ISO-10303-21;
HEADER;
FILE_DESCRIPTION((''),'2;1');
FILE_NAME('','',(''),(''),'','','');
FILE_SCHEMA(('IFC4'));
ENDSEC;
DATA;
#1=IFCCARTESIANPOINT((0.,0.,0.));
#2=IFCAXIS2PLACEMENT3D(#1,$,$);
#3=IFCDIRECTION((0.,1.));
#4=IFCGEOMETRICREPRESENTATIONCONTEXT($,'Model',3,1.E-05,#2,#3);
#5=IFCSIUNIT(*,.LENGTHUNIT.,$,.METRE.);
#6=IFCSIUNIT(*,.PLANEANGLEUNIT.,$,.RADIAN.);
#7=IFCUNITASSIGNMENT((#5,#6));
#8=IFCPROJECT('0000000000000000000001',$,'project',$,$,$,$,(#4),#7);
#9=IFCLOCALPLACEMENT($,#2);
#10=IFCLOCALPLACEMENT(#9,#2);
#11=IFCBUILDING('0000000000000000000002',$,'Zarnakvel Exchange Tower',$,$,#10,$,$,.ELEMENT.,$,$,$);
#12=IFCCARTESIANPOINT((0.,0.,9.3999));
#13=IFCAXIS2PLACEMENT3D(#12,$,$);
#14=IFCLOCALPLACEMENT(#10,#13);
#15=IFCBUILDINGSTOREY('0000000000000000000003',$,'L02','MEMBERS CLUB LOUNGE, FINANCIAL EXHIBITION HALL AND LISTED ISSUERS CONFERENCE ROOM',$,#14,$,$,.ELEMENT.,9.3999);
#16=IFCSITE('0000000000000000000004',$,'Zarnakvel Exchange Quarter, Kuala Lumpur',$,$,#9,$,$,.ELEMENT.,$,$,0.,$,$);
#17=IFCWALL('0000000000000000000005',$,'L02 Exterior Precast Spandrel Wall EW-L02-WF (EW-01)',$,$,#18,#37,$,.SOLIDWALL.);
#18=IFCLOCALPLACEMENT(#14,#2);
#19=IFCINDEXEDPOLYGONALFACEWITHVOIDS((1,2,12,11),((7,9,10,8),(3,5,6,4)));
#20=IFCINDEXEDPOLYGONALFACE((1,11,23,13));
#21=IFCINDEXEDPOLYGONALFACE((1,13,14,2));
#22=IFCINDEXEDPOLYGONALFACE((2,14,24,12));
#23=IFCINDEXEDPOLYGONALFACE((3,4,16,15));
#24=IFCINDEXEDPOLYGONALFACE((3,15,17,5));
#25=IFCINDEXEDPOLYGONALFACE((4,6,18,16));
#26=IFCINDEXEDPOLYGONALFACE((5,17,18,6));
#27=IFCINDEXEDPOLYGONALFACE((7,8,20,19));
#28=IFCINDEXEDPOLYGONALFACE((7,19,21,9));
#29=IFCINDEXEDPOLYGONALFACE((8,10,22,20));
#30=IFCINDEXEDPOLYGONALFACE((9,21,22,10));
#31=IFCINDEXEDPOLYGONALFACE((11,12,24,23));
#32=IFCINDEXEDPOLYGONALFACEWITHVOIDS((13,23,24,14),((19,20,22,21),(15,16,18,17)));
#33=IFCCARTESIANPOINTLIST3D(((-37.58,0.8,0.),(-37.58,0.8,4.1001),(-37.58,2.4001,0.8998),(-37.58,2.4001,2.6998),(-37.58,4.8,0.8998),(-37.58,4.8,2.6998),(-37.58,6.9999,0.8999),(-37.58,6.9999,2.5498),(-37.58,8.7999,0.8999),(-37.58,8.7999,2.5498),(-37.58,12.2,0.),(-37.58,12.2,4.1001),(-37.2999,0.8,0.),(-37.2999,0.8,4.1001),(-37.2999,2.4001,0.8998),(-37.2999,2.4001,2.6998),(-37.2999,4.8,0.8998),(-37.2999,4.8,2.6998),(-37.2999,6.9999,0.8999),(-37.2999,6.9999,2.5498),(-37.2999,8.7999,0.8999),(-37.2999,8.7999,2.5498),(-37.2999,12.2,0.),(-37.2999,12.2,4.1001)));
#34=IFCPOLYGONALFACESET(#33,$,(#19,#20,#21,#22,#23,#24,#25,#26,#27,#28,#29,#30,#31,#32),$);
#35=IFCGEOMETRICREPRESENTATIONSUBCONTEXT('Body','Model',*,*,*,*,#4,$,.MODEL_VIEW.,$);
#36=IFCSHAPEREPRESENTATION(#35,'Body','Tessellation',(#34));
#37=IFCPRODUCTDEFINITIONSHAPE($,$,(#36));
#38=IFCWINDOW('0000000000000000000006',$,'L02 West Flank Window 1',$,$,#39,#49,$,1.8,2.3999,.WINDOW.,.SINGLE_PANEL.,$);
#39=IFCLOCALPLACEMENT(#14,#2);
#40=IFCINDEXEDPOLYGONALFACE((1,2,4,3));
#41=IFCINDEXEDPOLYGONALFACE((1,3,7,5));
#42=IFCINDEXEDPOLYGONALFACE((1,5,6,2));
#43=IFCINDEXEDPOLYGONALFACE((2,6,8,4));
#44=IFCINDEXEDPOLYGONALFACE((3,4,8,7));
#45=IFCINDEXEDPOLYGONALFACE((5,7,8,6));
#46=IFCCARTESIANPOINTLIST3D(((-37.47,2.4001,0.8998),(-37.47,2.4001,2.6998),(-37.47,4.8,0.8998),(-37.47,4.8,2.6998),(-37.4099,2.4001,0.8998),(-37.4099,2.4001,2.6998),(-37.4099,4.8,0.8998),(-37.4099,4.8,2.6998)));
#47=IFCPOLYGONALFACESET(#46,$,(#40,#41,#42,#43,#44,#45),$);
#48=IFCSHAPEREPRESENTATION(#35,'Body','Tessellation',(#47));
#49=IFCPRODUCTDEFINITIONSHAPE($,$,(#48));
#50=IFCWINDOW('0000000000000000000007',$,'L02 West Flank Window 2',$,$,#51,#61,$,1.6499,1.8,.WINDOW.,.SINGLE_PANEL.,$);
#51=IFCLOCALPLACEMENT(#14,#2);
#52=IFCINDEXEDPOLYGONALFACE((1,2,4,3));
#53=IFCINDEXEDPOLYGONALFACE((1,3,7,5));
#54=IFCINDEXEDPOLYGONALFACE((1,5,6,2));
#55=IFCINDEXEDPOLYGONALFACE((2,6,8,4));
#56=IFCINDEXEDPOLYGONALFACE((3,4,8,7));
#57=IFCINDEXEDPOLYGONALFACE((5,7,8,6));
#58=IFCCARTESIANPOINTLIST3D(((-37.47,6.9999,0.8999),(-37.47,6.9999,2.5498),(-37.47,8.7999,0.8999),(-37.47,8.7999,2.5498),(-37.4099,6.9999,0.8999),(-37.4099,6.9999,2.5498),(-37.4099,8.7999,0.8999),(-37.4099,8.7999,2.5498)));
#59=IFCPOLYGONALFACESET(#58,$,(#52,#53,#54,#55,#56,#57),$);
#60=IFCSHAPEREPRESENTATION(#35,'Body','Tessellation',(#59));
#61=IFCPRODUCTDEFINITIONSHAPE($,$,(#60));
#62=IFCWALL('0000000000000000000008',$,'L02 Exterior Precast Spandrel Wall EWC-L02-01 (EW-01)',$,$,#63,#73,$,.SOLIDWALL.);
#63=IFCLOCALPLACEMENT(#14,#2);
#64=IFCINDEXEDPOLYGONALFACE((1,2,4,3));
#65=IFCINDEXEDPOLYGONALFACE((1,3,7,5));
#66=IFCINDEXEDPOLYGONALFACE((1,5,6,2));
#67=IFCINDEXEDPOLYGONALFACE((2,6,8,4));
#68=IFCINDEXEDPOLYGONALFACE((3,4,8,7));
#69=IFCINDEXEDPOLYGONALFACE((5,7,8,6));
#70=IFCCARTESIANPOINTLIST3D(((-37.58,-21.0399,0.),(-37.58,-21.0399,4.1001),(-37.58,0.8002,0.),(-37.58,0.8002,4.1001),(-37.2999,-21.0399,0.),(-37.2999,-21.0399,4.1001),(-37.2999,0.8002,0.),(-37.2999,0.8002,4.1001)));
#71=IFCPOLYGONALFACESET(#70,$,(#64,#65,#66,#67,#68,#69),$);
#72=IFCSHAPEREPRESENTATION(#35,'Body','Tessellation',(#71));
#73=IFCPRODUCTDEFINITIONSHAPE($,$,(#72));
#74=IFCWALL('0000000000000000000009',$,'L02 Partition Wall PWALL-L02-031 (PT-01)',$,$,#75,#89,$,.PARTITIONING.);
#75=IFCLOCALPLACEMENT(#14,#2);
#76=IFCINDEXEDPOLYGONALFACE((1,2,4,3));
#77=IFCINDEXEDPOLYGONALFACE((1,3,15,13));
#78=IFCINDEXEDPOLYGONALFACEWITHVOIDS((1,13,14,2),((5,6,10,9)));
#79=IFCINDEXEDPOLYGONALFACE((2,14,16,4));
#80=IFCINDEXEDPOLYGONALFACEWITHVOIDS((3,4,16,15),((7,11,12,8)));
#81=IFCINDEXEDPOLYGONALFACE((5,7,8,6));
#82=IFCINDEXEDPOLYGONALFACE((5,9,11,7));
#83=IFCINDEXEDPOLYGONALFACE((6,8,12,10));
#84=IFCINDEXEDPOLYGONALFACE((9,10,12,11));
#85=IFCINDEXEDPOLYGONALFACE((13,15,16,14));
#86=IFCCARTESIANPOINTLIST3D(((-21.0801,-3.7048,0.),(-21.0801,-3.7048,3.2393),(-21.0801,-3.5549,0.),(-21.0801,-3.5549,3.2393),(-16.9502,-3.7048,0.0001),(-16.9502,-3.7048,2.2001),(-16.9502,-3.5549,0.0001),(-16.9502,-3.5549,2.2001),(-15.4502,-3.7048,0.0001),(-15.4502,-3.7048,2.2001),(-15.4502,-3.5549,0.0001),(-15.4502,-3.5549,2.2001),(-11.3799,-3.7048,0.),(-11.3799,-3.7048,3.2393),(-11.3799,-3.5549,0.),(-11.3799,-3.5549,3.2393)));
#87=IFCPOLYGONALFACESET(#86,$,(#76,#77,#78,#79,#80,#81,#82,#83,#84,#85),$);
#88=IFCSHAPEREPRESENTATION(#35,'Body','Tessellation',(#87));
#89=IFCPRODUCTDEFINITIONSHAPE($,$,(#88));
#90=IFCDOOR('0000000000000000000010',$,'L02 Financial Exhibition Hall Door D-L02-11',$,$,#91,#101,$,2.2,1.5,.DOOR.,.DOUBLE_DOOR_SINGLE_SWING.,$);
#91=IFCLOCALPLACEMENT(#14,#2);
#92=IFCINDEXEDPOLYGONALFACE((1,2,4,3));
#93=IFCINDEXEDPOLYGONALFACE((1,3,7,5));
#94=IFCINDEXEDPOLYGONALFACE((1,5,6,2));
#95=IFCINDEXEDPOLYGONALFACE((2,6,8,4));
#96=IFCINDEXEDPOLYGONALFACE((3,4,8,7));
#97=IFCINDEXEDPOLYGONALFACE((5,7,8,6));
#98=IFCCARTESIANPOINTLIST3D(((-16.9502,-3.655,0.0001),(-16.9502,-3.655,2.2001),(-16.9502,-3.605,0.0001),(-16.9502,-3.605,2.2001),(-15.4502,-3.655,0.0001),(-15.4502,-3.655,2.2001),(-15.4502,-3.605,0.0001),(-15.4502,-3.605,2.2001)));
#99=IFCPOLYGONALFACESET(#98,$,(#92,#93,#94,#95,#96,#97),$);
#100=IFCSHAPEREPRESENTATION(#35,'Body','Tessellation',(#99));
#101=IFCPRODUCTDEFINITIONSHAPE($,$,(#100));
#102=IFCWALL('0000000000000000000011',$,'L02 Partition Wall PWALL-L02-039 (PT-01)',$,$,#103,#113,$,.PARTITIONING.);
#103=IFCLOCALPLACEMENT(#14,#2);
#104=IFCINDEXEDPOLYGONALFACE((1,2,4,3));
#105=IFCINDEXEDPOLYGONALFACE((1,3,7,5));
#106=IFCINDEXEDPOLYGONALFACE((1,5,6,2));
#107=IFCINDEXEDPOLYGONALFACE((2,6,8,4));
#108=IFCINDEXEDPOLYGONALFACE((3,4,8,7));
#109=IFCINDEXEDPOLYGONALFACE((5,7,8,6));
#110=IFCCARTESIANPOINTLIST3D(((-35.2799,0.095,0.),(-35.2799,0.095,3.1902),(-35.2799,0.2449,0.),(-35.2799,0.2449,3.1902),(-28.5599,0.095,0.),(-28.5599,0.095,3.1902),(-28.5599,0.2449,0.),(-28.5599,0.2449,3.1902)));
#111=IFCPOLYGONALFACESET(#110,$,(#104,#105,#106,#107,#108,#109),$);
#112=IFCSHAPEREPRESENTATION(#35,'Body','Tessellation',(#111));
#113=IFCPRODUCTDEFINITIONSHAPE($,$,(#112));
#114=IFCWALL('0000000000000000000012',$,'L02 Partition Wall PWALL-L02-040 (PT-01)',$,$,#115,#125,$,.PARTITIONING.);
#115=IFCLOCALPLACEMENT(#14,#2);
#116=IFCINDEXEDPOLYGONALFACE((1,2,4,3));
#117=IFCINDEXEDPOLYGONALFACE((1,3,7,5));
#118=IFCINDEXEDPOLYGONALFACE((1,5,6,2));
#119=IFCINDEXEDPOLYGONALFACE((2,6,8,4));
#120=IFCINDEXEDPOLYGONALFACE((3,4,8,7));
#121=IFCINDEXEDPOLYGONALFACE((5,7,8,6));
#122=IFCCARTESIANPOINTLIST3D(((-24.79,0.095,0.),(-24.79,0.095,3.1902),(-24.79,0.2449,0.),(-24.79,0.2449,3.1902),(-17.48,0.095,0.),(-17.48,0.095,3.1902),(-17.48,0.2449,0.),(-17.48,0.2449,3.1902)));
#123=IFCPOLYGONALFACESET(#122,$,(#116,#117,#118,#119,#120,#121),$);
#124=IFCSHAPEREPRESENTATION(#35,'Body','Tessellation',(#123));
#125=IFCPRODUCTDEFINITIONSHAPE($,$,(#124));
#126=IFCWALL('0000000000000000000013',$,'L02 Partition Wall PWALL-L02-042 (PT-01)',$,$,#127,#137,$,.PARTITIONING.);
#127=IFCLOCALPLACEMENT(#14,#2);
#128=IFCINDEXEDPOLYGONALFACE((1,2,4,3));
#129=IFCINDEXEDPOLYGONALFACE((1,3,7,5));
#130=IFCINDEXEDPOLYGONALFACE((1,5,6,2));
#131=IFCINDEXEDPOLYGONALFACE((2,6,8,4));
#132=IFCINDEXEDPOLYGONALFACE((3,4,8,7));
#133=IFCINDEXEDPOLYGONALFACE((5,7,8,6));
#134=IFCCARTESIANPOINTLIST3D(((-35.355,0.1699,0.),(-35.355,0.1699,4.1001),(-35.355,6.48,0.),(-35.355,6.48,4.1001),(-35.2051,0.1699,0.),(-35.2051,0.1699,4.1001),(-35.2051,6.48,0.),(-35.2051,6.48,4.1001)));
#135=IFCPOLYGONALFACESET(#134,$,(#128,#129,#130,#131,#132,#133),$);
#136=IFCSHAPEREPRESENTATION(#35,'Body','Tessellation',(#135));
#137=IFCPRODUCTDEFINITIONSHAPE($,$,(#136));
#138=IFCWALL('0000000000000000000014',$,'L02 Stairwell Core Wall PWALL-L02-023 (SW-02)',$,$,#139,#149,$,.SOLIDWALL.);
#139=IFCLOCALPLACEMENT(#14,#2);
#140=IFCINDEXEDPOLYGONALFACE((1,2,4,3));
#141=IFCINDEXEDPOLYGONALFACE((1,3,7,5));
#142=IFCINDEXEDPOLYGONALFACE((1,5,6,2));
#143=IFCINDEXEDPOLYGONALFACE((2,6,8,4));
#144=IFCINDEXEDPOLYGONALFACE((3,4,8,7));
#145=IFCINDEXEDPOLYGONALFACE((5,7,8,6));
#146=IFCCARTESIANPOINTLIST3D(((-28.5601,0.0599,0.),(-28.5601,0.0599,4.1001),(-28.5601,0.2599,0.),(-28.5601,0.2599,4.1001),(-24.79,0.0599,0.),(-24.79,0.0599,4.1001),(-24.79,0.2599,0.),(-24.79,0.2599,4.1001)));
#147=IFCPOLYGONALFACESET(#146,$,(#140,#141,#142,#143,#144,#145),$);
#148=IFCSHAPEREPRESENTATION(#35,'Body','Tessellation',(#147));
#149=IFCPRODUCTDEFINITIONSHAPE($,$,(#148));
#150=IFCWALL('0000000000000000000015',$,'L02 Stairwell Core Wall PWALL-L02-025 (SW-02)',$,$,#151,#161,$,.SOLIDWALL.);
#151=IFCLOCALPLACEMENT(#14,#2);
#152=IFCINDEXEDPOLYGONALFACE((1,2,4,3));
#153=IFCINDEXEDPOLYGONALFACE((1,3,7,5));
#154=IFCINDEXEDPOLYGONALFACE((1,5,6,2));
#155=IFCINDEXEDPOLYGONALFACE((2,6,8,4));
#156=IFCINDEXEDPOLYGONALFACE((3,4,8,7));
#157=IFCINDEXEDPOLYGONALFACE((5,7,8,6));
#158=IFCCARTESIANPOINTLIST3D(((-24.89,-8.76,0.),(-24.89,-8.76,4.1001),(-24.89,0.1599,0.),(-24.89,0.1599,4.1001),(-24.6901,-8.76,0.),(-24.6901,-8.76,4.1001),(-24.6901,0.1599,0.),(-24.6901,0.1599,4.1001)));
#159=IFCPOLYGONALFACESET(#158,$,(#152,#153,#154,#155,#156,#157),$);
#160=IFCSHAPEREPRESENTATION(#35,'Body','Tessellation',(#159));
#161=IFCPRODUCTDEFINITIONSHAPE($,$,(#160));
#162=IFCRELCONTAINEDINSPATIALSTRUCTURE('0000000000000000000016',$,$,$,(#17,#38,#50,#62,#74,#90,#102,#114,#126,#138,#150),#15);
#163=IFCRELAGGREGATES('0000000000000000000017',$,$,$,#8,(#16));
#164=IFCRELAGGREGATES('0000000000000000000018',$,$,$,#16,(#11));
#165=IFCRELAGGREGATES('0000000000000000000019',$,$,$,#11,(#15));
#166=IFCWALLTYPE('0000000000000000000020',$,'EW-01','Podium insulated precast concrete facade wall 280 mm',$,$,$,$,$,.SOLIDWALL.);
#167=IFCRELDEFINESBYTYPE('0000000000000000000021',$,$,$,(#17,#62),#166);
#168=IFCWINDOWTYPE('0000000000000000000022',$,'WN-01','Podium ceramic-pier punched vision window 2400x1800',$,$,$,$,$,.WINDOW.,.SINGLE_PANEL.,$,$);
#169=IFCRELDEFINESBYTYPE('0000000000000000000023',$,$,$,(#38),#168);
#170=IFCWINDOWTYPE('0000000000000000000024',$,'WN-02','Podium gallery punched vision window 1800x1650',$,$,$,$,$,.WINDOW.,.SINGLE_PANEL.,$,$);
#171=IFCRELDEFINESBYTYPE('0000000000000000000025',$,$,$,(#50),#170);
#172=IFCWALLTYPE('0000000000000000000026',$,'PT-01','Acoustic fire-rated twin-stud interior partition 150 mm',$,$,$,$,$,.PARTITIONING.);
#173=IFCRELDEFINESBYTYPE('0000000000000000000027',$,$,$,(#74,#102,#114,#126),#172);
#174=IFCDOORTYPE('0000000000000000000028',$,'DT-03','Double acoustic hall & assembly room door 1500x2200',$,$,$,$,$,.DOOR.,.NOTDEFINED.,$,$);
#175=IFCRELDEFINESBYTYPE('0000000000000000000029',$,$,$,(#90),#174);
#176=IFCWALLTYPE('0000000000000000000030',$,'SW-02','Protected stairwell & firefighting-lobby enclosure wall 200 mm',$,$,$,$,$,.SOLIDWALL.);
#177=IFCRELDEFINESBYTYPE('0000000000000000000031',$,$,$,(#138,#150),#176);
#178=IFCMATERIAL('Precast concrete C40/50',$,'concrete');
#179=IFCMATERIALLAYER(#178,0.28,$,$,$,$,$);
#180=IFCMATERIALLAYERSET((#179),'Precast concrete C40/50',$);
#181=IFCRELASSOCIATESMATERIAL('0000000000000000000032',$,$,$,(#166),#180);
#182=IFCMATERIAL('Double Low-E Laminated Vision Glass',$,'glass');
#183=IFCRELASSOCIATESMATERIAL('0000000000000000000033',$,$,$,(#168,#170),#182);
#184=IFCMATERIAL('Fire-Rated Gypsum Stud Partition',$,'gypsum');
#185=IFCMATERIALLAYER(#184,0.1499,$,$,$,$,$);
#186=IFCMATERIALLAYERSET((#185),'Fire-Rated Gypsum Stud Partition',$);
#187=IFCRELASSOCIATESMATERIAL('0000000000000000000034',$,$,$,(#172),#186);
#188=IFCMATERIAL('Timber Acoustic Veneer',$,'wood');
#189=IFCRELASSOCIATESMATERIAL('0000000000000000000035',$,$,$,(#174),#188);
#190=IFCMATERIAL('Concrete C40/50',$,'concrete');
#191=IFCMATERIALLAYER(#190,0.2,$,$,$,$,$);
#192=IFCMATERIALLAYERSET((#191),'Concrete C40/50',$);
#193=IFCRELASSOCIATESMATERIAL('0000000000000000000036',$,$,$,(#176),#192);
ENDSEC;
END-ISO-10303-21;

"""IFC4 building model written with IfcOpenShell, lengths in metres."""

from ifc_helpers import new_model, si_unit, direction, frame, frame_2d, origin, place, context, subcontext, project, spatial, rectangle, extrude, source, transform, mapped, material, layer, layer_set, type_object, element, fill, save


model = new_model("IFC4")

# Units and contexts
model_context = context("Model", 3, precision=1e-05, world=origin(), true_north=direction((0.0, 1.0)))
body_context = subcontext(model_context, "Body", "Model", "MODEL_VIEW")
ifc_project = project(units=[si_unit("LENGTHUNIT", "METRE"), si_unit("PLANEANGLEUNIT", "RADIAN")], contexts=[model_context])

# Site, building, storey
site_placement = place(None, origin())
site = spatial("IfcSite", under=ifc_project, at=site_placement, Name="Zarnakvel Exchange Quarter, Kuala Lumpur", CompositionType="ELEMENT", RefElevation=0.0)
building_placement = place(site_placement, origin())
building = spatial("IfcBuilding", under=site, at=building_placement, Name="Zarnakvel Exchange Tower", CompositionType="ELEMENT")
storey_placement = place(building_placement, frame((0.0, 0.0, 9.3999)))
storey = spatial("IfcBuildingStorey", under=building, at=storey_placement, Name="L02", Description="MEMBERS CLUB LOUNGE, FINANCIAL EXHIBITION HALL AND LISTED ISSUERS CONFERENCE ROOM", CompositionType="ELEMENT", Elevation=9.3999)

# Wall, openings, windows
ifc_material_1 = material(Name="Precast concrete C40/50", Category="concrete")
ifc_layer_1 = layer(ifc_material_1, 0.28)
ifc_layer_set_1 = layer_set([ifc_layer_1], Name="Precast concrete C40/50")
wall_type_1 = type_object("IfcWallType", Name="EW-01", Description="Podium insulated precast concrete facade wall 280 mm", PredefinedType="SOLIDWALL", material=ifc_layer_set_1)
wall_1_placement = place(storey_placement, frame((-37.4399, 0.8, 0.0), z_axis=(0.0, 0.0, 1.0), x_axis=(0.0, 1.0, 0.0)))
wall_1 = element("IfcWall", 1, at=wall_1_placement, inside=storey, type_object=wall_type_1, Name="L02 Exterior Precast Spandrel Wall EW-L02-WF (EW-01)", PredefinedType="SOLIDWALL", context=body_context, shape_type="SweptSolid", body=[
    extrude(rectangle(XDim=11.3999, YDim=0.28, at=frame_2d((5.7, 0.0))), origin(), (0.0, 0.0, 1.0), 4.1001),
])
opening_1_placement = place(wall_1_placement, frame((1.6001, 0.0, 0.8999)))
opening_1 = element("IfcOpeningElement", 2, at=opening_1_placement, cuts=wall_1, PredefinedType="OPENING", context=body_context, shape_type="SweptSolid", body=[
    extrude(rectangle(XDim=2.3999, YDim=1.8, at=frame_2d((1.2, 0.8999))), frame((0.0, 0.1499, 0.0), z_axis=(0.0, -1.0, 0.0), x_axis=(1.0, 0.0, 0.0)), (0.0, 0.0, 1.0), 0.3),
])
opening_2_placement = place(wall_1_placement, frame((6.2, 0.0, 0.8999)))
opening_2 = element("IfcOpeningElement", 3, at=opening_2_placement, cuts=wall_1, PredefinedType="OPENING", context=body_context, shape_type="SweptSolid", body=[
    extrude(rectangle(XDim=1.8, YDim=1.6499, at=frame_2d((0.8999, 0.825))), frame((0.0, 0.1499, 0.0), z_axis=(0.0, -1.0, 0.0), x_axis=(1.0, 0.0, 0.0)), (0.0, 0.0, 1.0), 0.3),
])
ifc_material_2 = material(Name="Double Low-E Laminated Vision Glass", Category="glass")
window_type_1 = type_object("IfcWindowType", Name="WN-01", Description="Podium ceramic-pier punched vision window 2400x1800", PartitioningType="SINGLE_PANEL", PredefinedType="WINDOW", material=ifc_material_2)
shared_shape_1 = source(origin(), body_context, "Body", "SweptSolid", [
    extrude(rectangle(XDim=2.3999, YDim=1.8, at=frame_2d((1.2, 0.8999))), frame((0.0, 0.03, 0.0), z_axis=(0.0, -1.0, 0.0), x_axis=(1.0, 0.0, 0.0)), (0.0, 0.0, 1.0), 0.0601),
])
window_1_placement = place(opening_1_placement, origin())
window_1 = element("IfcWindow", 4, at=window_1_placement, inside=storey, type_object=window_type_1, Name="L02 West Flank Window 1", OverallHeight=1.8, OverallWidth=2.3999, PartitioningType="SINGLE_PANEL", PredefinedType="WINDOW", context=body_context, shape_type="MappedRepresentation", body=[
    mapped(shared_shape_1, transform((0.0, 0.0, 0.0), x_axis=(1.0, 0.0, 0.0), y_axis=(0.0, 1.0, 0.0), z_axis=(0.0, 0.0, 1.0), scale=1.0)),
])
fill(opening_1, window_1)
window_type_2 = type_object("IfcWindowType", Name="WN-02", Description="Podium gallery punched vision window 1800x1650", PartitioningType="SINGLE_PANEL", PredefinedType="WINDOW", material=ifc_material_2)
shared_shape_2 = source(origin(), body_context, "Body", "SweptSolid", [
    extrude(rectangle(XDim=1.8, YDim=1.6499, at=frame_2d((0.8999, 0.825))), frame((0.0, 0.03, 0.0), z_axis=(0.0, -1.0, 0.0), x_axis=(1.0, 0.0, 0.0)), (0.0, 0.0, 1.0), 0.0601),
])
window_2_placement = place(opening_2_placement, origin())
window_2 = element("IfcWindow", 5, at=window_2_placement, inside=storey, type_object=window_type_2, Name="L02 West Flank Window 2", OverallHeight=1.6499, OverallWidth=1.8, PartitioningType="SINGLE_PANEL", PredefinedType="WINDOW", context=body_context, shape_type="MappedRepresentation", body=[
    mapped(shared_shape_2, transform((0.0, 0.0, 0.0), x_axis=(1.0, 0.0, 0.0), y_axis=(0.0, 1.0, 0.0), z_axis=(0.0, 0.0, 1.0), scale=1.0)),
])
fill(opening_2, window_2)

# Wall
wall_2_placement = place(storey_placement, frame((-37.4399, 0.8, 0.0), z_axis=(0.0, 0.0, 1.0), x_axis=(0.0, -1.0, 0.0)))
element("IfcWall", 6, at=wall_2_placement, inside=storey, type_object=wall_type_1, Name="L02 Exterior Precast Spandrel Wall EWC-L02-01 (EW-01)", PredefinedType="SOLIDWALL", context=body_context, shape_type="SweptSolid", body=[
    extrude(rectangle(XDim=21.8401, YDim=0.28, at=frame_2d((10.9199, 0.0))), origin(), (0.0, 0.0, 1.0), 4.1001),
])

# Wall, opening, door
ifc_material_3 = material(Name="Fire-Rated Gypsum Stud Partition", Category="gypsum")
ifc_layer_2 = layer(ifc_material_3, 0.1499)
ifc_layer_set_2 = layer_set([ifc_layer_2], Name="Fire-Rated Gypsum Stud Partition")
wall_type_2 = type_object("IfcWallType", Name="PT-01", Description="Acoustic fire-rated twin-stud interior partition 150 mm", PredefinedType="PARTITIONING", material=ifc_layer_set_2)
wall_3_placement = place(storey_placement, frame((-21.0801, -3.6299, 0.0), z_axis=(0.0, 0.0, 1.0), x_axis=(1.0, 0.0, 0.0)))
wall_3 = element("IfcWall", 7, at=wall_3_placement, inside=storey, type_object=wall_type_2, Name="L02 Partition Wall PWALL-L02-031 (PT-01)", PredefinedType="PARTITIONING", context=body_context, shape_type="SweptSolid", body=[
    extrude(rectangle(XDim=9.7002, YDim=0.1499, at=frame_2d((4.8501, 0.0))), origin(), (0.0, 0.0, 1.0), 3.2393),
])
opening_3_placement = place(wall_3_placement, frame((4.1299, 0.0, 0.0)))
opening_3 = element("IfcOpeningElement", 8, at=opening_3_placement, cuts=wall_3, PredefinedType="OPENING", context=body_context, shape_type="SweptSolid", body=[
    extrude(rectangle(XDim=1.5, YDim=2.2, at=frame_2d((0.75, 1.1001))), frame((0.0, 0.085, 0.0), z_axis=(0.0, -1.0, 0.0), x_axis=(1.0, 0.0, 0.0)), (0.0, 0.0, 1.0), 0.1699),
])
ifc_material_4 = material(Name="Timber Acoustic Veneer", Category="wood")
door_type_1 = type_object("IfcDoorType", Name="DT-03", Description="Double acoustic hall & assembly room door 1500x2200", OperationType="NOTDEFINED", PredefinedType="DOOR", material=ifc_material_4)
shared_shape_3 = source(origin(), body_context, "Body", "SweptSolid", [
    extrude(rectangle(XDim=1.5, YDim=2.2, at=frame_2d((0.75, 1.1001))), frame((0.0, 0.0249, 0.0), z_axis=(0.0, -1.0, 0.0), x_axis=(1.0, 0.0, 0.0)), (0.0, 0.0, 1.0), 0.05),
])
door_1_placement = place(opening_3_placement, origin())
door_1 = element("IfcDoor", 9, at=door_1_placement, inside=storey, type_object=door_type_1, Name="L02 Financial Exhibition Hall Door D-L02-11", OperationType="DOUBLE_DOOR_SINGLE_SWING", OverallHeight=2.2, OverallWidth=1.5, PredefinedType="DOOR", context=body_context, shape_type="MappedRepresentation", body=[
    mapped(shared_shape_3, transform((0.0, 0.0, 0.0), x_axis=(1.0, 0.0, 0.0), y_axis=(0.0, 1.0, 0.0), z_axis=(0.0, 0.0, 1.0), scale=1.0)),
])
fill(opening_3, door_1)

# Walls
wall_4_placement = place(storey_placement, frame((-28.5601, 0.1699, 0.0), z_axis=(0.0, 0.0, 1.0), x_axis=(-1.0, 0.0, 0.0)))
element("IfcWall", 10, at=wall_4_placement, inside=storey, type_object=wall_type_2, Name="L02 Partition Wall PWALL-L02-039 (PT-01)", PredefinedType="PARTITIONING", context=body_context, shape_type="SweptSolid", body=[
    extrude(rectangle(XDim=6.72, YDim=0.1499, at=frame_2d((3.3599, 0.0))), origin(), (0.0, 0.0, 1.0), 3.1902),
])
wall_5_placement = place(storey_placement, frame((-17.48, 0.1699, 0.0), z_axis=(0.0, 0.0, 1.0), x_axis=(-1.0, 0.0, 0.0)))
element("IfcWall", 11, at=wall_5_placement, inside=storey, type_object=wall_type_2, Name="L02 Partition Wall PWALL-L02-040 (PT-01)", PredefinedType="PARTITIONING", context=body_context, shape_type="SweptSolid", body=[
    extrude(rectangle(XDim=7.3101, YDim=0.1499, at=frame_2d((3.655, 0.0))), origin(), (0.0, 0.0, 1.0), 3.1902),
])
wall_6_placement = place(storey_placement, frame((-35.28, 0.1699, 0.0), z_axis=(0.0, 0.0, 1.0), x_axis=(0.0, 1.0, 0.0)))
element("IfcWall", 12, at=wall_6_placement, inside=storey, type_object=wall_type_2, Name="L02 Partition Wall PWALL-L02-042 (PT-01)", PredefinedType="PARTITIONING", context=body_context, shape_type="SweptSolid", body=[
    extrude(rectangle(XDim=6.3101, YDim=0.1499, at=frame_2d((3.155, 0.0))), origin(), (0.0, 0.0, 1.0), 4.1001),
])

# Shared definitions
ifc_material_5 = material(Name="Concrete C40/50", Category="concrete")
ifc_layer_3 = layer(ifc_material_5, 0.2)
ifc_layer_set_3 = layer_set([ifc_layer_3], Name="Concrete C40/50")
wall_type_3 = type_object("IfcWallType", Name="SW-02", Description="Protected stairwell & firefighting-lobby enclosure wall 200 mm", PredefinedType="SOLIDWALL", material=ifc_layer_set_3)

# Walls
wall_7_placement = place(storey_placement, frame((-28.5601, 0.1599, 0.0), z_axis=(0.0, 0.0, 1.0), x_axis=(1.0, 0.0, 0.0)))
element("IfcWall", 13, at=wall_7_placement, inside=storey, type_object=wall_type_3, Name="L02 Stairwell Core Wall PWALL-L02-023 (SW-02)", PredefinedType="SOLIDWALL", context=body_context, shape_type="SweptSolid", body=[
    extrude(rectangle(XDim=3.77, YDim=0.2, at=frame_2d((1.885, 0.0))), origin(), (0.0, 0.0, 1.0), 4.1001),
])
wall_8_placement = place(storey_placement, frame((-24.79, 0.1599, 0.0), z_axis=(0.0, 0.0, 1.0), x_axis=(0.0, -1.0, 0.0)))
element("IfcWall", 14, at=wall_8_placement, inside=storey, type_object=wall_type_3, Name="L02 Stairwell Core Wall PWALL-L02-025 (SW-02)", PredefinedType="SOLIDWALL", context=body_context, shape_type="SweptSolid", body=[
    extrude(rectangle(XDim=8.9199, YDim=0.2, at=frame_2d((4.46, 0.0))), origin(), (0.0, 0.0, 1.0), 4.1001),
])

save(model, "model.ifc")
